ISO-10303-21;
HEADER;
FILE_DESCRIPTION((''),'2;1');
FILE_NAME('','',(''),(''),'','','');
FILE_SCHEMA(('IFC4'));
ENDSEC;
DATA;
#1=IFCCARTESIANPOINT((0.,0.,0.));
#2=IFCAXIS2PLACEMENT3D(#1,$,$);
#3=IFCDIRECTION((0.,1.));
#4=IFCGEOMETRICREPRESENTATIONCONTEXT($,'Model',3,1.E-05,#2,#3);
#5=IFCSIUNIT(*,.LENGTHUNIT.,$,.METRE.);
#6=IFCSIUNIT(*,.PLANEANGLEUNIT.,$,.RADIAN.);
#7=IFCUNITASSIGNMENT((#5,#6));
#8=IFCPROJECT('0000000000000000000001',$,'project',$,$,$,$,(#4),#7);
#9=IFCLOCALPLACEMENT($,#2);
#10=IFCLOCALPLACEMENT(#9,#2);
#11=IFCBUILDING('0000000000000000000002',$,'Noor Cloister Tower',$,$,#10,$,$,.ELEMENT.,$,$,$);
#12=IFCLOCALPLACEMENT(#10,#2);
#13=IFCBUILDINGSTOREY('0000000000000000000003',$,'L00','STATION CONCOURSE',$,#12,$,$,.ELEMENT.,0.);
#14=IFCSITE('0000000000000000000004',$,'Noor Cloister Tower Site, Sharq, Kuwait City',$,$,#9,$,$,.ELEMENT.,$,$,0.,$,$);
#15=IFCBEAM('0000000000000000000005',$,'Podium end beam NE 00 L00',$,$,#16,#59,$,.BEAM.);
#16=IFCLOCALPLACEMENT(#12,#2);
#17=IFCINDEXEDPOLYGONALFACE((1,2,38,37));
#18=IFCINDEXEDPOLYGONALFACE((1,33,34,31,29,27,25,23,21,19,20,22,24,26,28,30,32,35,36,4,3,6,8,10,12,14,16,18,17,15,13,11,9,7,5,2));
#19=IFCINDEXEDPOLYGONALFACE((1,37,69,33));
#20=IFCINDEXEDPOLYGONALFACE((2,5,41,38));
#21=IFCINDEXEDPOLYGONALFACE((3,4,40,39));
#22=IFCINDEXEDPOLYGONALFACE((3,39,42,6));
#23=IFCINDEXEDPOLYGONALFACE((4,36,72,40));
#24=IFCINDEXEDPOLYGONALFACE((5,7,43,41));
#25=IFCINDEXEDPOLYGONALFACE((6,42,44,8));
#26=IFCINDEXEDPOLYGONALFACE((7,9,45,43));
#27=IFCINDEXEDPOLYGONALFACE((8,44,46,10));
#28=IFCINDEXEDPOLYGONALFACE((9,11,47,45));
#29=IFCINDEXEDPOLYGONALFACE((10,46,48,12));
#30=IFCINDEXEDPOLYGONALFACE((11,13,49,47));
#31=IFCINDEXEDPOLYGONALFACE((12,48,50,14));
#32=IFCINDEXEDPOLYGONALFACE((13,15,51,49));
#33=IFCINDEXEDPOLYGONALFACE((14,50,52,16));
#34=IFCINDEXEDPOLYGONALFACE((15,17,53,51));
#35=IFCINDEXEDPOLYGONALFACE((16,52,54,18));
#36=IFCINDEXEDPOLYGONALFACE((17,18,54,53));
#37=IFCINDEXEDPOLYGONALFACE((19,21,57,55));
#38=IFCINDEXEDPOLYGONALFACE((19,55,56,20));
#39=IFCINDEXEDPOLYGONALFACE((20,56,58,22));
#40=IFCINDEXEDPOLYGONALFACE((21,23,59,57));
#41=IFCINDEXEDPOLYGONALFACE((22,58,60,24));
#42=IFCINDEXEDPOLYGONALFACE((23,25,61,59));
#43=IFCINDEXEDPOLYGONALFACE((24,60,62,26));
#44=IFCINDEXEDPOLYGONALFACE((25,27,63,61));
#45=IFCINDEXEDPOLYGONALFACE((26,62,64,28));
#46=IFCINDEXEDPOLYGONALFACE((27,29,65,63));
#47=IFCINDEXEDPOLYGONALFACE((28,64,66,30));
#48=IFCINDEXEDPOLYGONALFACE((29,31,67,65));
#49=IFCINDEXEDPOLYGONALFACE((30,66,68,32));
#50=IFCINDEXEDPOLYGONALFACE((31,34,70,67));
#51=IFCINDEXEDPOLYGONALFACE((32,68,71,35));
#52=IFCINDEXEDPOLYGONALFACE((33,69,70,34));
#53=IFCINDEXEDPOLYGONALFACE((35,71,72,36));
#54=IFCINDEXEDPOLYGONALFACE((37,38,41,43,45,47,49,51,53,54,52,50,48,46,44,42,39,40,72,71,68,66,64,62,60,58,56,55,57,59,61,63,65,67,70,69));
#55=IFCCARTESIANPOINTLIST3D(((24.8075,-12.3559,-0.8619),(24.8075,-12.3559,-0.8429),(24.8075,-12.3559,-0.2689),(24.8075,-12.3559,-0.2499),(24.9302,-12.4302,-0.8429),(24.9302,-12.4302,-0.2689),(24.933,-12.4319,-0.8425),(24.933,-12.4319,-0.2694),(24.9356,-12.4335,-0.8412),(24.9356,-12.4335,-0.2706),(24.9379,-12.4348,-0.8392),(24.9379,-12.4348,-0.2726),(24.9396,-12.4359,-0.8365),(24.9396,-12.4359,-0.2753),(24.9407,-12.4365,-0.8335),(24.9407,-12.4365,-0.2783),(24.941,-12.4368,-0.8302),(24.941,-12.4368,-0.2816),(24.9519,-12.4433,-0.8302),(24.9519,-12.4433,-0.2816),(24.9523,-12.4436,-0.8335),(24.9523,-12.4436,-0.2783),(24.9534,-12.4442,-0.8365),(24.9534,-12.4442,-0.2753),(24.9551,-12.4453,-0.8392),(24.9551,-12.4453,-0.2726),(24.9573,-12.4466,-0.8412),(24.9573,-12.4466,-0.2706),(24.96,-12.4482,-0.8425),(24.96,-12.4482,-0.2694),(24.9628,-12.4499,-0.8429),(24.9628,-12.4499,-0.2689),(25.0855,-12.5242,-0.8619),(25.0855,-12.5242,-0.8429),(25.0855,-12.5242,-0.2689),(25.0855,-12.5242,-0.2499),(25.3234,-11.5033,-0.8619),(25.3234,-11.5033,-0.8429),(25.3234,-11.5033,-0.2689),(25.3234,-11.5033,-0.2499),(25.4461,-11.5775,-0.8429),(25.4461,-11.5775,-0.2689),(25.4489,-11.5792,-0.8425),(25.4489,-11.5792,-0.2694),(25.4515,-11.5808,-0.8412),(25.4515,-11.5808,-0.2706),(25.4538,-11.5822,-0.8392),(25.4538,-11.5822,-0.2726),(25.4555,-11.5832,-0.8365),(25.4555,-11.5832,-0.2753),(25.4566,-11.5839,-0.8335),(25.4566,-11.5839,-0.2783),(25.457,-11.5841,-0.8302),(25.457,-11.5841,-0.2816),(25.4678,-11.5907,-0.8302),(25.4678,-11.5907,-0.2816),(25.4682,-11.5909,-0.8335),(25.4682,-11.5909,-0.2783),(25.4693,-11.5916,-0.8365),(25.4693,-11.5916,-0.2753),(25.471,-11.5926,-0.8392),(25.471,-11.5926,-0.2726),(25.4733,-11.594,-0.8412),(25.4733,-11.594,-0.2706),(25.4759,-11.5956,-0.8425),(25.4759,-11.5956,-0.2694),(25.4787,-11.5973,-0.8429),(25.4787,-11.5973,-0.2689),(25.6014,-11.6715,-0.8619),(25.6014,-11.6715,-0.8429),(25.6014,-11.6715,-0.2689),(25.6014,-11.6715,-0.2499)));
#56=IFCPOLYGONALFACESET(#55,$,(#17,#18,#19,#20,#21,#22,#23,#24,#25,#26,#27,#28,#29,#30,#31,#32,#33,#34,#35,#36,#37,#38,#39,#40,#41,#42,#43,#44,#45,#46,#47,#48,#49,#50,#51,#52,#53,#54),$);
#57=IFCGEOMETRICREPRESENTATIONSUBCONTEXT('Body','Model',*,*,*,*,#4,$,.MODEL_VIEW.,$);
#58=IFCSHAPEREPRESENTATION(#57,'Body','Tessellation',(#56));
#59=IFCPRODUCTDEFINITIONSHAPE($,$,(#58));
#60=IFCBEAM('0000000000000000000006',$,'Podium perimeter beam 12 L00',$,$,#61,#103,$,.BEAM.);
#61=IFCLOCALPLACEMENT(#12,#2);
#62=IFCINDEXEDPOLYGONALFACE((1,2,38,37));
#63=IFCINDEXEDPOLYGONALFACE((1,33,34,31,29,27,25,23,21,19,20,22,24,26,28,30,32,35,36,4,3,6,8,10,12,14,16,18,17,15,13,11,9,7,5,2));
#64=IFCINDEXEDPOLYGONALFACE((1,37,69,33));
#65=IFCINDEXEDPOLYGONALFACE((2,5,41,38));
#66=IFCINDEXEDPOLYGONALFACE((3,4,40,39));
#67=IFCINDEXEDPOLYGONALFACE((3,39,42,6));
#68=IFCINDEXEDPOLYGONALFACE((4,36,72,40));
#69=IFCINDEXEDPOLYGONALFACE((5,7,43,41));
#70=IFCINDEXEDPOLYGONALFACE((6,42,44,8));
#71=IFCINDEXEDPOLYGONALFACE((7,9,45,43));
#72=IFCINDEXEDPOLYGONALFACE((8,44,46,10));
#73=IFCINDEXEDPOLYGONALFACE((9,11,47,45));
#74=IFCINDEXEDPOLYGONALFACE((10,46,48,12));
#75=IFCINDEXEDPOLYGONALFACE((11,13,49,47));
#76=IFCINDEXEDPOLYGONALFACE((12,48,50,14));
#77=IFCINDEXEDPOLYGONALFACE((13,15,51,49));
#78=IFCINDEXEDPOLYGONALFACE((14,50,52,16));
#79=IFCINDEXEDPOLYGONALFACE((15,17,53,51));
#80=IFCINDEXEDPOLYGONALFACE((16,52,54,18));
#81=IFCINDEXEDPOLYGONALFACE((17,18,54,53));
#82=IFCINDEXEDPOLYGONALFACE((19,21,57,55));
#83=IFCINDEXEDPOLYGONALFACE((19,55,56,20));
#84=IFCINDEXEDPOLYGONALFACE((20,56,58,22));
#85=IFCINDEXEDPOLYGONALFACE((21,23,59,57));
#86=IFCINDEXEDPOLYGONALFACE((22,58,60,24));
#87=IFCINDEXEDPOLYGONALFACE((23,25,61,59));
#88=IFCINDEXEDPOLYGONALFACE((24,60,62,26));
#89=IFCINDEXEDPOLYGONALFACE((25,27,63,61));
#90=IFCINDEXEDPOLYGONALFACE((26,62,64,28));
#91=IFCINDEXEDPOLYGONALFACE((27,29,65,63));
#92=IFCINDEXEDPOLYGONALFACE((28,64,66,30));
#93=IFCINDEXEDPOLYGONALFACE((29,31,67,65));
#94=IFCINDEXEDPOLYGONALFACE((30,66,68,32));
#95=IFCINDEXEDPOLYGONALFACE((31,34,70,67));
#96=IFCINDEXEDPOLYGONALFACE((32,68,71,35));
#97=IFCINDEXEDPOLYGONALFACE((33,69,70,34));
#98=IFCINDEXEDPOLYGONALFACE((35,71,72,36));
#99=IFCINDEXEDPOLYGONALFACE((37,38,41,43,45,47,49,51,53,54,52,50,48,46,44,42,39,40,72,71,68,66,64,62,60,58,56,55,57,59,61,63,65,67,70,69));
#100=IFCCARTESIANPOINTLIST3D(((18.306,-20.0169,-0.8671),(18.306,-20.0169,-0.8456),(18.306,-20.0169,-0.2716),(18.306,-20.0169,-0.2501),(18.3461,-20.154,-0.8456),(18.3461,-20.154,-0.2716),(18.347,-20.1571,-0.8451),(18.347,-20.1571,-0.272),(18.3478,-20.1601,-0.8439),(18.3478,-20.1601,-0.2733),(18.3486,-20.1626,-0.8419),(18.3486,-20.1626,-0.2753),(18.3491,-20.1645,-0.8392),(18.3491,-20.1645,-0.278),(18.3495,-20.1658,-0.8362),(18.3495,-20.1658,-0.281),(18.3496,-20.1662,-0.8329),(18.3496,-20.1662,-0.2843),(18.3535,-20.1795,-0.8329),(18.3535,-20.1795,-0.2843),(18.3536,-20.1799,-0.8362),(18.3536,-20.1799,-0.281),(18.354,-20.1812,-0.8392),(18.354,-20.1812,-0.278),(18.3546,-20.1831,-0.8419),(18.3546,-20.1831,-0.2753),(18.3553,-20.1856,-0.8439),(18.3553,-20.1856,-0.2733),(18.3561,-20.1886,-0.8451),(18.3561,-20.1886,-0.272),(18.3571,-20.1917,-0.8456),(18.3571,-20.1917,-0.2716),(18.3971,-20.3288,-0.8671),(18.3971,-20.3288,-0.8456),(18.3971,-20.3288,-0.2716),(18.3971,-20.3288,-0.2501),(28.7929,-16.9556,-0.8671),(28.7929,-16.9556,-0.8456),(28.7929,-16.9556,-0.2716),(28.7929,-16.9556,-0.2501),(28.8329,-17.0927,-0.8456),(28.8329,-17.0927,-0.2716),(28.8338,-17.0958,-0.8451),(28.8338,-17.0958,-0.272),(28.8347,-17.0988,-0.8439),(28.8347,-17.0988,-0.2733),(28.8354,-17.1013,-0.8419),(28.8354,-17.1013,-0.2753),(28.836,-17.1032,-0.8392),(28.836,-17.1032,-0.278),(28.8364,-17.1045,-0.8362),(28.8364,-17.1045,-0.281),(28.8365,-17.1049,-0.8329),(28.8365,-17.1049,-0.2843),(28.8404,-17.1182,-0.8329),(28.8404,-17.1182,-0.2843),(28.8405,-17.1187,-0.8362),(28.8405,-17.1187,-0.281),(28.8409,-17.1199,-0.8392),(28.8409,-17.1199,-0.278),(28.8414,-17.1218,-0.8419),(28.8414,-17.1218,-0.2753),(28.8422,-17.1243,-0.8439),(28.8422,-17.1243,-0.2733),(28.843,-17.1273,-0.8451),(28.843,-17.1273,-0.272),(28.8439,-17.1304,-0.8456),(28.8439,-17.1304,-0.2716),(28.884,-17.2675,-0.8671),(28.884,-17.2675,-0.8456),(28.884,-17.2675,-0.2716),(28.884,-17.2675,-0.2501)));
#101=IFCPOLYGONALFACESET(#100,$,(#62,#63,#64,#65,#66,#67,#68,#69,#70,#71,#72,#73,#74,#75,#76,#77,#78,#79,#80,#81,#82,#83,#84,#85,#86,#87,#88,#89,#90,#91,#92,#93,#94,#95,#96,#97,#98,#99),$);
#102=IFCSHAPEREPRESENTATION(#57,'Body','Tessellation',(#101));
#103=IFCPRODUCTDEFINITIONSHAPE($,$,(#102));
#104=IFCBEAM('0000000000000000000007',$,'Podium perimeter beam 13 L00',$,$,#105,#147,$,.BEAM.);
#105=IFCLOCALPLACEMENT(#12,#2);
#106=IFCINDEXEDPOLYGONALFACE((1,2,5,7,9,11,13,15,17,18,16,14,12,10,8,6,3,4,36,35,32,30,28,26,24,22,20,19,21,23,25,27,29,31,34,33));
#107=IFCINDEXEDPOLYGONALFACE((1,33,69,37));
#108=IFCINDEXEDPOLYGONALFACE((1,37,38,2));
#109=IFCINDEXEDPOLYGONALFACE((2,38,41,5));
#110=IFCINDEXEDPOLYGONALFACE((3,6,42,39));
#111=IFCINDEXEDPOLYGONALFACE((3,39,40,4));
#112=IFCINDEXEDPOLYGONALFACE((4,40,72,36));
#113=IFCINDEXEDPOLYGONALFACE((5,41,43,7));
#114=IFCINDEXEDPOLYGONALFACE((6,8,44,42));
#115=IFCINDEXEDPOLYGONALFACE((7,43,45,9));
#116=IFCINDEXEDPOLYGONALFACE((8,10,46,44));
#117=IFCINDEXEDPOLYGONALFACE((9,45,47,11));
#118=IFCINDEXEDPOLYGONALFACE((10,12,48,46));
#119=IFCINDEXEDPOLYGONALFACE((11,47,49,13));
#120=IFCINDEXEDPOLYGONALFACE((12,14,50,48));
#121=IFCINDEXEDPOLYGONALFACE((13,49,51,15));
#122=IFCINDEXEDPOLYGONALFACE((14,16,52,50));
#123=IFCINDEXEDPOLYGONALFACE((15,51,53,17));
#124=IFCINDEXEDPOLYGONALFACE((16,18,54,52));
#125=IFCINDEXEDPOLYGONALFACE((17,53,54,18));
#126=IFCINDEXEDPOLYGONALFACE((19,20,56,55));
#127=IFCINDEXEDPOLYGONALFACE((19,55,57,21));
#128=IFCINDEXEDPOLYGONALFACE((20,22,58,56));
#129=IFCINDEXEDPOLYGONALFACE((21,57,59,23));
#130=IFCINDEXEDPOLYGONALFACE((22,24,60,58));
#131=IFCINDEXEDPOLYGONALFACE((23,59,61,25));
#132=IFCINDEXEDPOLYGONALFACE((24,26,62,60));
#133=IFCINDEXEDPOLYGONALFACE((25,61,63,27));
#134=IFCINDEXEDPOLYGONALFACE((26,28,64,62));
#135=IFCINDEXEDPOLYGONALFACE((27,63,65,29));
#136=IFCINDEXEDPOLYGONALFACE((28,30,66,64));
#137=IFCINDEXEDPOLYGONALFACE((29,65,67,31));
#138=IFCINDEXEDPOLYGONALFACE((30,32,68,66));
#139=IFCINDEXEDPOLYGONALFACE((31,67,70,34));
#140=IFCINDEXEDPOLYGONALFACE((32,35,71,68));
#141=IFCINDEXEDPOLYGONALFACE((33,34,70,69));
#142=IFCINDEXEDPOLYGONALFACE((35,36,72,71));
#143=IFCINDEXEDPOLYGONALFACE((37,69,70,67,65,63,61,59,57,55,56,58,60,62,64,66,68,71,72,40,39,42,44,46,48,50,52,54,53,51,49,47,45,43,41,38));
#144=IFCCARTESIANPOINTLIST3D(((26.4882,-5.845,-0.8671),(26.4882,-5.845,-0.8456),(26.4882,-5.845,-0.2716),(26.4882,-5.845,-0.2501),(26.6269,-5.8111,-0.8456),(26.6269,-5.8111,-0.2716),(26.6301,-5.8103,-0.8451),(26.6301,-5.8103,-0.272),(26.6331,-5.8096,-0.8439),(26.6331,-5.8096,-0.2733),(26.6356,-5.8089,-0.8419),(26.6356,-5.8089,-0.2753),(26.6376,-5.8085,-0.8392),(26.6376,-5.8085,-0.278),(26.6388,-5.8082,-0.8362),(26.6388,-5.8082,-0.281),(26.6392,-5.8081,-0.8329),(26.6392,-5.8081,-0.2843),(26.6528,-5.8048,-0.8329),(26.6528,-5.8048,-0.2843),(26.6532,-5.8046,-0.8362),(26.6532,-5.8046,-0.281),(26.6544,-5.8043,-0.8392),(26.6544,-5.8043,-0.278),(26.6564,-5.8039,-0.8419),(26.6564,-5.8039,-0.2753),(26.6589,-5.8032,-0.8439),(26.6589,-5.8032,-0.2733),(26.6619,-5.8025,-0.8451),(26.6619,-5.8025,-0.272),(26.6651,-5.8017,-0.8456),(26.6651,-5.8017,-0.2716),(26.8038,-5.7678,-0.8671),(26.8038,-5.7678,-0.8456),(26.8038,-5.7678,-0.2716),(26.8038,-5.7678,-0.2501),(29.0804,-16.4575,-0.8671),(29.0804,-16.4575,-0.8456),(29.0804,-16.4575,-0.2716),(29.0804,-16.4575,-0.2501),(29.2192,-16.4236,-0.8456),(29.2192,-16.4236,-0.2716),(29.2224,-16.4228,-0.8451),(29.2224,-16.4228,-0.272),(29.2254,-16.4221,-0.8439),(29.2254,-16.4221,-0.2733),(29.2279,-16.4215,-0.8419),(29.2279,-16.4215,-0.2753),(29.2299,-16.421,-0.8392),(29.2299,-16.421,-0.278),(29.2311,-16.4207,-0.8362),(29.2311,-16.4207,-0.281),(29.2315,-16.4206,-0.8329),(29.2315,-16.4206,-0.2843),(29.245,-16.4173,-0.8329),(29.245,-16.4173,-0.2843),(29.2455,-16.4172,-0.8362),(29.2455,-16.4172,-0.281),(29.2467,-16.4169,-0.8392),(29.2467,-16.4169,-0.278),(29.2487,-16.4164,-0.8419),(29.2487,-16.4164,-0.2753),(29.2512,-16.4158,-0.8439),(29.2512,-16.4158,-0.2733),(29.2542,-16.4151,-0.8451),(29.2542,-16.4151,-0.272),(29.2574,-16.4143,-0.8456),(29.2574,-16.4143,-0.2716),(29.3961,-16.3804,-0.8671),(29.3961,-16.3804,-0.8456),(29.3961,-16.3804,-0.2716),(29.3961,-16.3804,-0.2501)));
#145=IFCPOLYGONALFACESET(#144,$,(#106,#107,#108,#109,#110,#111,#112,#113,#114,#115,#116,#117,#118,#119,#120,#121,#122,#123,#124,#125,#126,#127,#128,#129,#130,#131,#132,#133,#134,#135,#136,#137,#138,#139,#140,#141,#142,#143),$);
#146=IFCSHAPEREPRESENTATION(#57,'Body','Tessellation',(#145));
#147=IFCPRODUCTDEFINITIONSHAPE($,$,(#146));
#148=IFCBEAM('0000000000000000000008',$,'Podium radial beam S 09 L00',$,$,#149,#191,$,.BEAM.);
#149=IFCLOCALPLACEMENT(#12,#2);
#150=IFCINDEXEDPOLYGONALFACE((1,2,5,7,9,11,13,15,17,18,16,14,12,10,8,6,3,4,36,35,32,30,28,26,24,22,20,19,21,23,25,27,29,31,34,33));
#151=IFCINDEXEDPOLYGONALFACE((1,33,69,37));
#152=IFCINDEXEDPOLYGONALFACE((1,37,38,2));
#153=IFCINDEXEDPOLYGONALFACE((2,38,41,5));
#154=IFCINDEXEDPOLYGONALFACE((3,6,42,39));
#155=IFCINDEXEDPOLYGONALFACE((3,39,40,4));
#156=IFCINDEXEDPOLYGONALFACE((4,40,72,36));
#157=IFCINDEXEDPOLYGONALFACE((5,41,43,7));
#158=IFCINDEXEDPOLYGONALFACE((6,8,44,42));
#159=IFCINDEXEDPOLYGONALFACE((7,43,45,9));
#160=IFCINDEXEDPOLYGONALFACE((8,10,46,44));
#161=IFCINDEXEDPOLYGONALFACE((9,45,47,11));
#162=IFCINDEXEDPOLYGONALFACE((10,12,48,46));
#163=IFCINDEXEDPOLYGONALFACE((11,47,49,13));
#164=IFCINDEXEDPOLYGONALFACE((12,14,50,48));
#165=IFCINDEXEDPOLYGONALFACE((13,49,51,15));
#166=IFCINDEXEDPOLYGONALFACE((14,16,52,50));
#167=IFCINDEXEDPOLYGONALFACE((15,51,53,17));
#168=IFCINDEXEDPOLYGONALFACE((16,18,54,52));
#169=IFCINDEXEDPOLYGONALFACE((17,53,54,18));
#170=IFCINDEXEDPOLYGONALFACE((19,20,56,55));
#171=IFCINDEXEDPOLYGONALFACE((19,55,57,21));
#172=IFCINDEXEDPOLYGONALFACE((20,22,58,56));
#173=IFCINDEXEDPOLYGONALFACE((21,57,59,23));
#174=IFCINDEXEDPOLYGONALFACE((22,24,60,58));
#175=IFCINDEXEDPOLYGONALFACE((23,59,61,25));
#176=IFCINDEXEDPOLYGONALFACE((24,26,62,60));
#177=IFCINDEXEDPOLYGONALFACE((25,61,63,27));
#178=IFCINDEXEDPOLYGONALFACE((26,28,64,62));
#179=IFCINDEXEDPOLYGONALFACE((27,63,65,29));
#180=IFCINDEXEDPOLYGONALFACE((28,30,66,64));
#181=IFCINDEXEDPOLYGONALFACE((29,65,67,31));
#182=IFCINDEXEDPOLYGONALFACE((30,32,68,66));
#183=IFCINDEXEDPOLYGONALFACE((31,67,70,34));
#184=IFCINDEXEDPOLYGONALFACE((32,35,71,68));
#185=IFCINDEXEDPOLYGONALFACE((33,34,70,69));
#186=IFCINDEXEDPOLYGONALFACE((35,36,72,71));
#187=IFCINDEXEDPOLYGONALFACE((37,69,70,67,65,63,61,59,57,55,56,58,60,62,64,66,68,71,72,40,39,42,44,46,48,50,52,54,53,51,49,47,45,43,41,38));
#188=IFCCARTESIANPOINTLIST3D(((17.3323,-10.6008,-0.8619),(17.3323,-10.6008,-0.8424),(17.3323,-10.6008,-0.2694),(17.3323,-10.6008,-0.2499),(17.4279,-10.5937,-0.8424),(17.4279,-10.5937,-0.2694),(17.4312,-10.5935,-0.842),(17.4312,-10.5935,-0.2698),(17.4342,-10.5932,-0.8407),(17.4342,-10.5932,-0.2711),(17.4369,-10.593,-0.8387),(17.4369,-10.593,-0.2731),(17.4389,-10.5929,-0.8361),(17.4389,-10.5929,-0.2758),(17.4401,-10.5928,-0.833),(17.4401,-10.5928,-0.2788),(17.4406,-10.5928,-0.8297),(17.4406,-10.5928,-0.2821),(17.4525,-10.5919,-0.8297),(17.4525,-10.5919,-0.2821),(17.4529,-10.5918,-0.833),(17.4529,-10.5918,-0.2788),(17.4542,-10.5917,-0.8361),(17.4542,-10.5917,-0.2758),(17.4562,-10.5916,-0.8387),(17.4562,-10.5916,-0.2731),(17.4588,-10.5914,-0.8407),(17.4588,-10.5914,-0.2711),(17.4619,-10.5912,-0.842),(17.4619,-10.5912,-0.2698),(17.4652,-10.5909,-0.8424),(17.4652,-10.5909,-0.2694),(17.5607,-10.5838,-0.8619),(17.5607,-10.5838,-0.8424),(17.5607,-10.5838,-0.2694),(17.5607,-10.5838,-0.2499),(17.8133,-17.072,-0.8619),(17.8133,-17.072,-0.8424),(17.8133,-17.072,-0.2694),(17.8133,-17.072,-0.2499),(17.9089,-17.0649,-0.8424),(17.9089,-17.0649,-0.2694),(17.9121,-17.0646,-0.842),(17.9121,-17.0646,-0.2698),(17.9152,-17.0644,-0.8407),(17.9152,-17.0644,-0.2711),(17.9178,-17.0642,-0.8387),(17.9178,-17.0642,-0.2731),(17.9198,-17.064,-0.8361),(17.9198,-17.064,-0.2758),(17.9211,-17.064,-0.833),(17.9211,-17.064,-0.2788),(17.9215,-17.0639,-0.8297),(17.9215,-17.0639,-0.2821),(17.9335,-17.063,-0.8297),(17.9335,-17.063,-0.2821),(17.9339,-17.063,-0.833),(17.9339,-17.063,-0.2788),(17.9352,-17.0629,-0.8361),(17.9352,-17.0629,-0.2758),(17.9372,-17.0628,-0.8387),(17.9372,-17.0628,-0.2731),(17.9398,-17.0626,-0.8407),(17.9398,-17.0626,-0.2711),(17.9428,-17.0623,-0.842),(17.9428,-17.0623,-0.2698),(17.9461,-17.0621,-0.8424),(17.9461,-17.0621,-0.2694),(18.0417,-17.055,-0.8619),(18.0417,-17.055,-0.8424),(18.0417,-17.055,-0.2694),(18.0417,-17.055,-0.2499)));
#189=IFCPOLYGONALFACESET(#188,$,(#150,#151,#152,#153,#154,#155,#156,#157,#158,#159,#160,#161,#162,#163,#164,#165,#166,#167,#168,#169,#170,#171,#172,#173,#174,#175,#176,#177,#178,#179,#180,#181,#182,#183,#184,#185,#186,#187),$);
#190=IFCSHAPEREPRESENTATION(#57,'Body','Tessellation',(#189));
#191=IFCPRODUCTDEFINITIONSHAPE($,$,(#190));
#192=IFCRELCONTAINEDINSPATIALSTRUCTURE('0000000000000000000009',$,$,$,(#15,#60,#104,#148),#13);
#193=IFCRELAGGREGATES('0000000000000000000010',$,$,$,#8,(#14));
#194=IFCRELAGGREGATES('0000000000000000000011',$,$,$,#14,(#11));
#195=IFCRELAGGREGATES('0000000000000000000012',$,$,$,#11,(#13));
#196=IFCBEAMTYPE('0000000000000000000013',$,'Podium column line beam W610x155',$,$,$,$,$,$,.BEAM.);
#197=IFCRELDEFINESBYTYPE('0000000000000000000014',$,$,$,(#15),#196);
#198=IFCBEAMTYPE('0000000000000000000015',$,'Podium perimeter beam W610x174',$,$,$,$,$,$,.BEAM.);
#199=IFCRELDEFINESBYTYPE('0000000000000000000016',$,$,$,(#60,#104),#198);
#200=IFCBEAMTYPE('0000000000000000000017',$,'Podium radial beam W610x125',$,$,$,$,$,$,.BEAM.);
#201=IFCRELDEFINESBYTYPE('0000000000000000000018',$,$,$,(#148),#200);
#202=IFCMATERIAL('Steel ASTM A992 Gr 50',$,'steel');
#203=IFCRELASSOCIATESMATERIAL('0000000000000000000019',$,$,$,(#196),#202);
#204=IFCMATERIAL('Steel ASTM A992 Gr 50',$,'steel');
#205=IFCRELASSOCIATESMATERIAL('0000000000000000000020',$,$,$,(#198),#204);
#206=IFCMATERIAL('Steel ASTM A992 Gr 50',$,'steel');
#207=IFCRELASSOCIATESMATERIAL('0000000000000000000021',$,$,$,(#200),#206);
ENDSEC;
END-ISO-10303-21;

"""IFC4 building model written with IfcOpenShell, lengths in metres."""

from ifc_helpers import new_model, si_unit, direction, frame, origin, origin_2d, place, context, subcontext, project, spatial, i_section, extrude, material, material_profile, profile_set, type_object, element, save


model = new_model("IFC4")

# Units and contexts
model_context = context("Model", 3, precision=1e-05, world=origin(), true_north=direction((0.0, 1.0)))
body_context = subcontext(model_context, "Body", "Model", "MODEL_VIEW")
ifc_project = project(units=[si_unit("LENGTHUNIT", "METRE"), si_unit("PLANEANGLEUNIT", "RADIAN")], contexts=[model_context])

# Site, building, storey
site_placement = place(None, origin())
site = spatial("IfcSite", under=ifc_project, at=site_placement, Name="Noor Cloister Tower Site, Sharq, Kuwait City", CompositionType="ELEMENT", RefElevation=0.0)
building_placement = place(site_placement, origin())
building = spatial("IfcBuilding", under=site, at=building_placement, Name="Noor Cloister Tower", CompositionType="ELEMENT")
storey_placement = place(building_placement, origin())
storey = spatial("IfcBuildingStorey", under=building, at=storey_placement, Name="L00", Description="STATION CONCOURSE", CompositionType="ELEMENT", Elevation=0.0)

# Beams
ifc_material_1 = material(Name="Steel ASTM A992 Gr 50", Category="steel")
ifc_material_profile_1 = material_profile(ifc_material_1, i_section(OverallWidth=0.325, OverallDepth=0.6121, WebThickness=0.0127, FlangeThickness=0.019, FilletRadius=0.0127, at=origin_2d()), Name="W610x155")
ifc_profile_set_1 = profile_set([ifc_material_profile_1], Name="Steel ASTM A992 Gr 50")
beam_type_1 = type_object("IfcBeamType", Name="Podium column line beam W610x155", PredefinedType="BEAM", material=ifc_profile_set_1)
for number, where, z_axis, x_axis, name in (
    (1, (25.4624, -11.5874, -0.5559), (-0.517699, -0.855563, 0.0), (0.855563, -0.517699, 0.0), "Podium end beam NE 00 L00"),
):
    element("IfcBeam", number, at=place(storey_placement, frame(where, z_axis=z_axis, x_axis=x_axis)), inside=storey, type_object=beam_type_1, Name=name, PredefinedType="BEAM", context=body_context, shape_type="SweptSolid", body=[
        extrude(i_section(OverallWidth=0.325, OverallDepth=0.6121, WebThickness=0.0127, FlangeThickness=0.019, FilletRadius=0.0127, at=origin_2d()), origin(), (0.0, 0.0, 1.0), 0.9966),
    ])
ifc_material_2 = material(Name="Steel ASTM A992 Gr 50", Category="steel")
ifc_material_profile_2 = material_profile(ifc_material_2, i_section(OverallWidth=0.325, OverallDepth=0.6169, WebThickness=0.0139, FlangeThickness=0.0215, FilletRadius=0.0127, at=origin_2d()), Name="W610x174")
ifc_profile_set_2 = profile_set([ifc_material_profile_2], Name="Steel ASTM A992 Gr 50")
beam_type_2 = type_object("IfcBeamType", Name="Podium perimeter beam W610x174", PredefinedType="BEAM", material=ifc_profile_set_2)
for number, where, z_axis, x_axis, name in (
    (2, (18.3516, -20.1729, -0.5586), (0.959935, 0.280221, 0.0), (-0.280221, 0.959935, 0.0), "Podium perimeter beam 12 L00"),
    (3, (29.2383, -16.4189, -0.5586), (-0.23729, 0.971439, 0.0), (-0.971439, -0.23729, 0.0), "Podium perimeter beam 13 L00"),
):
    element("IfcBeam", number, at=place(storey_placement, frame(where, z_axis=z_axis, x_axis=x_axis)), inside=storey, type_object=beam_type_2, Name=name, PredefinedType="BEAM", context=body_context, shape_type="SweptSolid", body=[
        extrude(i_section(OverallWidth=0.325, OverallDepth=0.6169, WebThickness=0.0139, FlangeThickness=0.0215, FilletRadius=0.0127, at=origin_2d()), origin(), (0.0, 0.0, 1.0), 10.9246),
    ])
ifc_material_3 = material(Name="Steel ASTM A992 Gr 50", Category="steel")
ifc_material_profile_3 = material_profile(ifc_material_3, i_section(OverallWidth=0.229, OverallDepth=0.6121, WebThickness=0.012, FlangeThickness=0.0195, FilletRadius=0.0127, at=origin_2d()), Name="W610x125")
ifc_profile_set_3 = profile_set([ifc_material_profile_3], Name="Steel ASTM A992 Gr 50")
beam_type_3 = type_object("IfcBeamType", Name="Podium radial beam W610x125", PredefinedType="BEAM", material=ifc_profile_set_3)
beam_1_placement = place(storey_placement, frame((17.9275, -17.0635, -0.5559), z_axis=(-0.074118, 0.997249, 0.0), x_axis=(-0.997249, -0.074118, 0.0)))
element("IfcBeam", 4, at=beam_1_placement, inside=storey, type_object=beam_type_3, Name="Podium radial beam S 09 L00", PredefinedType="BEAM", context=body_context, shape_type="SweptSolid", body=[
    extrude(i_section(OverallWidth=0.229, OverallDepth=0.6121, WebThickness=0.012, FlangeThickness=0.0195, FilletRadius=0.0127, at=origin_2d()), origin(), (0.0, 0.0, 1.0), 6.489),
])

save(model, "model.ifc")
